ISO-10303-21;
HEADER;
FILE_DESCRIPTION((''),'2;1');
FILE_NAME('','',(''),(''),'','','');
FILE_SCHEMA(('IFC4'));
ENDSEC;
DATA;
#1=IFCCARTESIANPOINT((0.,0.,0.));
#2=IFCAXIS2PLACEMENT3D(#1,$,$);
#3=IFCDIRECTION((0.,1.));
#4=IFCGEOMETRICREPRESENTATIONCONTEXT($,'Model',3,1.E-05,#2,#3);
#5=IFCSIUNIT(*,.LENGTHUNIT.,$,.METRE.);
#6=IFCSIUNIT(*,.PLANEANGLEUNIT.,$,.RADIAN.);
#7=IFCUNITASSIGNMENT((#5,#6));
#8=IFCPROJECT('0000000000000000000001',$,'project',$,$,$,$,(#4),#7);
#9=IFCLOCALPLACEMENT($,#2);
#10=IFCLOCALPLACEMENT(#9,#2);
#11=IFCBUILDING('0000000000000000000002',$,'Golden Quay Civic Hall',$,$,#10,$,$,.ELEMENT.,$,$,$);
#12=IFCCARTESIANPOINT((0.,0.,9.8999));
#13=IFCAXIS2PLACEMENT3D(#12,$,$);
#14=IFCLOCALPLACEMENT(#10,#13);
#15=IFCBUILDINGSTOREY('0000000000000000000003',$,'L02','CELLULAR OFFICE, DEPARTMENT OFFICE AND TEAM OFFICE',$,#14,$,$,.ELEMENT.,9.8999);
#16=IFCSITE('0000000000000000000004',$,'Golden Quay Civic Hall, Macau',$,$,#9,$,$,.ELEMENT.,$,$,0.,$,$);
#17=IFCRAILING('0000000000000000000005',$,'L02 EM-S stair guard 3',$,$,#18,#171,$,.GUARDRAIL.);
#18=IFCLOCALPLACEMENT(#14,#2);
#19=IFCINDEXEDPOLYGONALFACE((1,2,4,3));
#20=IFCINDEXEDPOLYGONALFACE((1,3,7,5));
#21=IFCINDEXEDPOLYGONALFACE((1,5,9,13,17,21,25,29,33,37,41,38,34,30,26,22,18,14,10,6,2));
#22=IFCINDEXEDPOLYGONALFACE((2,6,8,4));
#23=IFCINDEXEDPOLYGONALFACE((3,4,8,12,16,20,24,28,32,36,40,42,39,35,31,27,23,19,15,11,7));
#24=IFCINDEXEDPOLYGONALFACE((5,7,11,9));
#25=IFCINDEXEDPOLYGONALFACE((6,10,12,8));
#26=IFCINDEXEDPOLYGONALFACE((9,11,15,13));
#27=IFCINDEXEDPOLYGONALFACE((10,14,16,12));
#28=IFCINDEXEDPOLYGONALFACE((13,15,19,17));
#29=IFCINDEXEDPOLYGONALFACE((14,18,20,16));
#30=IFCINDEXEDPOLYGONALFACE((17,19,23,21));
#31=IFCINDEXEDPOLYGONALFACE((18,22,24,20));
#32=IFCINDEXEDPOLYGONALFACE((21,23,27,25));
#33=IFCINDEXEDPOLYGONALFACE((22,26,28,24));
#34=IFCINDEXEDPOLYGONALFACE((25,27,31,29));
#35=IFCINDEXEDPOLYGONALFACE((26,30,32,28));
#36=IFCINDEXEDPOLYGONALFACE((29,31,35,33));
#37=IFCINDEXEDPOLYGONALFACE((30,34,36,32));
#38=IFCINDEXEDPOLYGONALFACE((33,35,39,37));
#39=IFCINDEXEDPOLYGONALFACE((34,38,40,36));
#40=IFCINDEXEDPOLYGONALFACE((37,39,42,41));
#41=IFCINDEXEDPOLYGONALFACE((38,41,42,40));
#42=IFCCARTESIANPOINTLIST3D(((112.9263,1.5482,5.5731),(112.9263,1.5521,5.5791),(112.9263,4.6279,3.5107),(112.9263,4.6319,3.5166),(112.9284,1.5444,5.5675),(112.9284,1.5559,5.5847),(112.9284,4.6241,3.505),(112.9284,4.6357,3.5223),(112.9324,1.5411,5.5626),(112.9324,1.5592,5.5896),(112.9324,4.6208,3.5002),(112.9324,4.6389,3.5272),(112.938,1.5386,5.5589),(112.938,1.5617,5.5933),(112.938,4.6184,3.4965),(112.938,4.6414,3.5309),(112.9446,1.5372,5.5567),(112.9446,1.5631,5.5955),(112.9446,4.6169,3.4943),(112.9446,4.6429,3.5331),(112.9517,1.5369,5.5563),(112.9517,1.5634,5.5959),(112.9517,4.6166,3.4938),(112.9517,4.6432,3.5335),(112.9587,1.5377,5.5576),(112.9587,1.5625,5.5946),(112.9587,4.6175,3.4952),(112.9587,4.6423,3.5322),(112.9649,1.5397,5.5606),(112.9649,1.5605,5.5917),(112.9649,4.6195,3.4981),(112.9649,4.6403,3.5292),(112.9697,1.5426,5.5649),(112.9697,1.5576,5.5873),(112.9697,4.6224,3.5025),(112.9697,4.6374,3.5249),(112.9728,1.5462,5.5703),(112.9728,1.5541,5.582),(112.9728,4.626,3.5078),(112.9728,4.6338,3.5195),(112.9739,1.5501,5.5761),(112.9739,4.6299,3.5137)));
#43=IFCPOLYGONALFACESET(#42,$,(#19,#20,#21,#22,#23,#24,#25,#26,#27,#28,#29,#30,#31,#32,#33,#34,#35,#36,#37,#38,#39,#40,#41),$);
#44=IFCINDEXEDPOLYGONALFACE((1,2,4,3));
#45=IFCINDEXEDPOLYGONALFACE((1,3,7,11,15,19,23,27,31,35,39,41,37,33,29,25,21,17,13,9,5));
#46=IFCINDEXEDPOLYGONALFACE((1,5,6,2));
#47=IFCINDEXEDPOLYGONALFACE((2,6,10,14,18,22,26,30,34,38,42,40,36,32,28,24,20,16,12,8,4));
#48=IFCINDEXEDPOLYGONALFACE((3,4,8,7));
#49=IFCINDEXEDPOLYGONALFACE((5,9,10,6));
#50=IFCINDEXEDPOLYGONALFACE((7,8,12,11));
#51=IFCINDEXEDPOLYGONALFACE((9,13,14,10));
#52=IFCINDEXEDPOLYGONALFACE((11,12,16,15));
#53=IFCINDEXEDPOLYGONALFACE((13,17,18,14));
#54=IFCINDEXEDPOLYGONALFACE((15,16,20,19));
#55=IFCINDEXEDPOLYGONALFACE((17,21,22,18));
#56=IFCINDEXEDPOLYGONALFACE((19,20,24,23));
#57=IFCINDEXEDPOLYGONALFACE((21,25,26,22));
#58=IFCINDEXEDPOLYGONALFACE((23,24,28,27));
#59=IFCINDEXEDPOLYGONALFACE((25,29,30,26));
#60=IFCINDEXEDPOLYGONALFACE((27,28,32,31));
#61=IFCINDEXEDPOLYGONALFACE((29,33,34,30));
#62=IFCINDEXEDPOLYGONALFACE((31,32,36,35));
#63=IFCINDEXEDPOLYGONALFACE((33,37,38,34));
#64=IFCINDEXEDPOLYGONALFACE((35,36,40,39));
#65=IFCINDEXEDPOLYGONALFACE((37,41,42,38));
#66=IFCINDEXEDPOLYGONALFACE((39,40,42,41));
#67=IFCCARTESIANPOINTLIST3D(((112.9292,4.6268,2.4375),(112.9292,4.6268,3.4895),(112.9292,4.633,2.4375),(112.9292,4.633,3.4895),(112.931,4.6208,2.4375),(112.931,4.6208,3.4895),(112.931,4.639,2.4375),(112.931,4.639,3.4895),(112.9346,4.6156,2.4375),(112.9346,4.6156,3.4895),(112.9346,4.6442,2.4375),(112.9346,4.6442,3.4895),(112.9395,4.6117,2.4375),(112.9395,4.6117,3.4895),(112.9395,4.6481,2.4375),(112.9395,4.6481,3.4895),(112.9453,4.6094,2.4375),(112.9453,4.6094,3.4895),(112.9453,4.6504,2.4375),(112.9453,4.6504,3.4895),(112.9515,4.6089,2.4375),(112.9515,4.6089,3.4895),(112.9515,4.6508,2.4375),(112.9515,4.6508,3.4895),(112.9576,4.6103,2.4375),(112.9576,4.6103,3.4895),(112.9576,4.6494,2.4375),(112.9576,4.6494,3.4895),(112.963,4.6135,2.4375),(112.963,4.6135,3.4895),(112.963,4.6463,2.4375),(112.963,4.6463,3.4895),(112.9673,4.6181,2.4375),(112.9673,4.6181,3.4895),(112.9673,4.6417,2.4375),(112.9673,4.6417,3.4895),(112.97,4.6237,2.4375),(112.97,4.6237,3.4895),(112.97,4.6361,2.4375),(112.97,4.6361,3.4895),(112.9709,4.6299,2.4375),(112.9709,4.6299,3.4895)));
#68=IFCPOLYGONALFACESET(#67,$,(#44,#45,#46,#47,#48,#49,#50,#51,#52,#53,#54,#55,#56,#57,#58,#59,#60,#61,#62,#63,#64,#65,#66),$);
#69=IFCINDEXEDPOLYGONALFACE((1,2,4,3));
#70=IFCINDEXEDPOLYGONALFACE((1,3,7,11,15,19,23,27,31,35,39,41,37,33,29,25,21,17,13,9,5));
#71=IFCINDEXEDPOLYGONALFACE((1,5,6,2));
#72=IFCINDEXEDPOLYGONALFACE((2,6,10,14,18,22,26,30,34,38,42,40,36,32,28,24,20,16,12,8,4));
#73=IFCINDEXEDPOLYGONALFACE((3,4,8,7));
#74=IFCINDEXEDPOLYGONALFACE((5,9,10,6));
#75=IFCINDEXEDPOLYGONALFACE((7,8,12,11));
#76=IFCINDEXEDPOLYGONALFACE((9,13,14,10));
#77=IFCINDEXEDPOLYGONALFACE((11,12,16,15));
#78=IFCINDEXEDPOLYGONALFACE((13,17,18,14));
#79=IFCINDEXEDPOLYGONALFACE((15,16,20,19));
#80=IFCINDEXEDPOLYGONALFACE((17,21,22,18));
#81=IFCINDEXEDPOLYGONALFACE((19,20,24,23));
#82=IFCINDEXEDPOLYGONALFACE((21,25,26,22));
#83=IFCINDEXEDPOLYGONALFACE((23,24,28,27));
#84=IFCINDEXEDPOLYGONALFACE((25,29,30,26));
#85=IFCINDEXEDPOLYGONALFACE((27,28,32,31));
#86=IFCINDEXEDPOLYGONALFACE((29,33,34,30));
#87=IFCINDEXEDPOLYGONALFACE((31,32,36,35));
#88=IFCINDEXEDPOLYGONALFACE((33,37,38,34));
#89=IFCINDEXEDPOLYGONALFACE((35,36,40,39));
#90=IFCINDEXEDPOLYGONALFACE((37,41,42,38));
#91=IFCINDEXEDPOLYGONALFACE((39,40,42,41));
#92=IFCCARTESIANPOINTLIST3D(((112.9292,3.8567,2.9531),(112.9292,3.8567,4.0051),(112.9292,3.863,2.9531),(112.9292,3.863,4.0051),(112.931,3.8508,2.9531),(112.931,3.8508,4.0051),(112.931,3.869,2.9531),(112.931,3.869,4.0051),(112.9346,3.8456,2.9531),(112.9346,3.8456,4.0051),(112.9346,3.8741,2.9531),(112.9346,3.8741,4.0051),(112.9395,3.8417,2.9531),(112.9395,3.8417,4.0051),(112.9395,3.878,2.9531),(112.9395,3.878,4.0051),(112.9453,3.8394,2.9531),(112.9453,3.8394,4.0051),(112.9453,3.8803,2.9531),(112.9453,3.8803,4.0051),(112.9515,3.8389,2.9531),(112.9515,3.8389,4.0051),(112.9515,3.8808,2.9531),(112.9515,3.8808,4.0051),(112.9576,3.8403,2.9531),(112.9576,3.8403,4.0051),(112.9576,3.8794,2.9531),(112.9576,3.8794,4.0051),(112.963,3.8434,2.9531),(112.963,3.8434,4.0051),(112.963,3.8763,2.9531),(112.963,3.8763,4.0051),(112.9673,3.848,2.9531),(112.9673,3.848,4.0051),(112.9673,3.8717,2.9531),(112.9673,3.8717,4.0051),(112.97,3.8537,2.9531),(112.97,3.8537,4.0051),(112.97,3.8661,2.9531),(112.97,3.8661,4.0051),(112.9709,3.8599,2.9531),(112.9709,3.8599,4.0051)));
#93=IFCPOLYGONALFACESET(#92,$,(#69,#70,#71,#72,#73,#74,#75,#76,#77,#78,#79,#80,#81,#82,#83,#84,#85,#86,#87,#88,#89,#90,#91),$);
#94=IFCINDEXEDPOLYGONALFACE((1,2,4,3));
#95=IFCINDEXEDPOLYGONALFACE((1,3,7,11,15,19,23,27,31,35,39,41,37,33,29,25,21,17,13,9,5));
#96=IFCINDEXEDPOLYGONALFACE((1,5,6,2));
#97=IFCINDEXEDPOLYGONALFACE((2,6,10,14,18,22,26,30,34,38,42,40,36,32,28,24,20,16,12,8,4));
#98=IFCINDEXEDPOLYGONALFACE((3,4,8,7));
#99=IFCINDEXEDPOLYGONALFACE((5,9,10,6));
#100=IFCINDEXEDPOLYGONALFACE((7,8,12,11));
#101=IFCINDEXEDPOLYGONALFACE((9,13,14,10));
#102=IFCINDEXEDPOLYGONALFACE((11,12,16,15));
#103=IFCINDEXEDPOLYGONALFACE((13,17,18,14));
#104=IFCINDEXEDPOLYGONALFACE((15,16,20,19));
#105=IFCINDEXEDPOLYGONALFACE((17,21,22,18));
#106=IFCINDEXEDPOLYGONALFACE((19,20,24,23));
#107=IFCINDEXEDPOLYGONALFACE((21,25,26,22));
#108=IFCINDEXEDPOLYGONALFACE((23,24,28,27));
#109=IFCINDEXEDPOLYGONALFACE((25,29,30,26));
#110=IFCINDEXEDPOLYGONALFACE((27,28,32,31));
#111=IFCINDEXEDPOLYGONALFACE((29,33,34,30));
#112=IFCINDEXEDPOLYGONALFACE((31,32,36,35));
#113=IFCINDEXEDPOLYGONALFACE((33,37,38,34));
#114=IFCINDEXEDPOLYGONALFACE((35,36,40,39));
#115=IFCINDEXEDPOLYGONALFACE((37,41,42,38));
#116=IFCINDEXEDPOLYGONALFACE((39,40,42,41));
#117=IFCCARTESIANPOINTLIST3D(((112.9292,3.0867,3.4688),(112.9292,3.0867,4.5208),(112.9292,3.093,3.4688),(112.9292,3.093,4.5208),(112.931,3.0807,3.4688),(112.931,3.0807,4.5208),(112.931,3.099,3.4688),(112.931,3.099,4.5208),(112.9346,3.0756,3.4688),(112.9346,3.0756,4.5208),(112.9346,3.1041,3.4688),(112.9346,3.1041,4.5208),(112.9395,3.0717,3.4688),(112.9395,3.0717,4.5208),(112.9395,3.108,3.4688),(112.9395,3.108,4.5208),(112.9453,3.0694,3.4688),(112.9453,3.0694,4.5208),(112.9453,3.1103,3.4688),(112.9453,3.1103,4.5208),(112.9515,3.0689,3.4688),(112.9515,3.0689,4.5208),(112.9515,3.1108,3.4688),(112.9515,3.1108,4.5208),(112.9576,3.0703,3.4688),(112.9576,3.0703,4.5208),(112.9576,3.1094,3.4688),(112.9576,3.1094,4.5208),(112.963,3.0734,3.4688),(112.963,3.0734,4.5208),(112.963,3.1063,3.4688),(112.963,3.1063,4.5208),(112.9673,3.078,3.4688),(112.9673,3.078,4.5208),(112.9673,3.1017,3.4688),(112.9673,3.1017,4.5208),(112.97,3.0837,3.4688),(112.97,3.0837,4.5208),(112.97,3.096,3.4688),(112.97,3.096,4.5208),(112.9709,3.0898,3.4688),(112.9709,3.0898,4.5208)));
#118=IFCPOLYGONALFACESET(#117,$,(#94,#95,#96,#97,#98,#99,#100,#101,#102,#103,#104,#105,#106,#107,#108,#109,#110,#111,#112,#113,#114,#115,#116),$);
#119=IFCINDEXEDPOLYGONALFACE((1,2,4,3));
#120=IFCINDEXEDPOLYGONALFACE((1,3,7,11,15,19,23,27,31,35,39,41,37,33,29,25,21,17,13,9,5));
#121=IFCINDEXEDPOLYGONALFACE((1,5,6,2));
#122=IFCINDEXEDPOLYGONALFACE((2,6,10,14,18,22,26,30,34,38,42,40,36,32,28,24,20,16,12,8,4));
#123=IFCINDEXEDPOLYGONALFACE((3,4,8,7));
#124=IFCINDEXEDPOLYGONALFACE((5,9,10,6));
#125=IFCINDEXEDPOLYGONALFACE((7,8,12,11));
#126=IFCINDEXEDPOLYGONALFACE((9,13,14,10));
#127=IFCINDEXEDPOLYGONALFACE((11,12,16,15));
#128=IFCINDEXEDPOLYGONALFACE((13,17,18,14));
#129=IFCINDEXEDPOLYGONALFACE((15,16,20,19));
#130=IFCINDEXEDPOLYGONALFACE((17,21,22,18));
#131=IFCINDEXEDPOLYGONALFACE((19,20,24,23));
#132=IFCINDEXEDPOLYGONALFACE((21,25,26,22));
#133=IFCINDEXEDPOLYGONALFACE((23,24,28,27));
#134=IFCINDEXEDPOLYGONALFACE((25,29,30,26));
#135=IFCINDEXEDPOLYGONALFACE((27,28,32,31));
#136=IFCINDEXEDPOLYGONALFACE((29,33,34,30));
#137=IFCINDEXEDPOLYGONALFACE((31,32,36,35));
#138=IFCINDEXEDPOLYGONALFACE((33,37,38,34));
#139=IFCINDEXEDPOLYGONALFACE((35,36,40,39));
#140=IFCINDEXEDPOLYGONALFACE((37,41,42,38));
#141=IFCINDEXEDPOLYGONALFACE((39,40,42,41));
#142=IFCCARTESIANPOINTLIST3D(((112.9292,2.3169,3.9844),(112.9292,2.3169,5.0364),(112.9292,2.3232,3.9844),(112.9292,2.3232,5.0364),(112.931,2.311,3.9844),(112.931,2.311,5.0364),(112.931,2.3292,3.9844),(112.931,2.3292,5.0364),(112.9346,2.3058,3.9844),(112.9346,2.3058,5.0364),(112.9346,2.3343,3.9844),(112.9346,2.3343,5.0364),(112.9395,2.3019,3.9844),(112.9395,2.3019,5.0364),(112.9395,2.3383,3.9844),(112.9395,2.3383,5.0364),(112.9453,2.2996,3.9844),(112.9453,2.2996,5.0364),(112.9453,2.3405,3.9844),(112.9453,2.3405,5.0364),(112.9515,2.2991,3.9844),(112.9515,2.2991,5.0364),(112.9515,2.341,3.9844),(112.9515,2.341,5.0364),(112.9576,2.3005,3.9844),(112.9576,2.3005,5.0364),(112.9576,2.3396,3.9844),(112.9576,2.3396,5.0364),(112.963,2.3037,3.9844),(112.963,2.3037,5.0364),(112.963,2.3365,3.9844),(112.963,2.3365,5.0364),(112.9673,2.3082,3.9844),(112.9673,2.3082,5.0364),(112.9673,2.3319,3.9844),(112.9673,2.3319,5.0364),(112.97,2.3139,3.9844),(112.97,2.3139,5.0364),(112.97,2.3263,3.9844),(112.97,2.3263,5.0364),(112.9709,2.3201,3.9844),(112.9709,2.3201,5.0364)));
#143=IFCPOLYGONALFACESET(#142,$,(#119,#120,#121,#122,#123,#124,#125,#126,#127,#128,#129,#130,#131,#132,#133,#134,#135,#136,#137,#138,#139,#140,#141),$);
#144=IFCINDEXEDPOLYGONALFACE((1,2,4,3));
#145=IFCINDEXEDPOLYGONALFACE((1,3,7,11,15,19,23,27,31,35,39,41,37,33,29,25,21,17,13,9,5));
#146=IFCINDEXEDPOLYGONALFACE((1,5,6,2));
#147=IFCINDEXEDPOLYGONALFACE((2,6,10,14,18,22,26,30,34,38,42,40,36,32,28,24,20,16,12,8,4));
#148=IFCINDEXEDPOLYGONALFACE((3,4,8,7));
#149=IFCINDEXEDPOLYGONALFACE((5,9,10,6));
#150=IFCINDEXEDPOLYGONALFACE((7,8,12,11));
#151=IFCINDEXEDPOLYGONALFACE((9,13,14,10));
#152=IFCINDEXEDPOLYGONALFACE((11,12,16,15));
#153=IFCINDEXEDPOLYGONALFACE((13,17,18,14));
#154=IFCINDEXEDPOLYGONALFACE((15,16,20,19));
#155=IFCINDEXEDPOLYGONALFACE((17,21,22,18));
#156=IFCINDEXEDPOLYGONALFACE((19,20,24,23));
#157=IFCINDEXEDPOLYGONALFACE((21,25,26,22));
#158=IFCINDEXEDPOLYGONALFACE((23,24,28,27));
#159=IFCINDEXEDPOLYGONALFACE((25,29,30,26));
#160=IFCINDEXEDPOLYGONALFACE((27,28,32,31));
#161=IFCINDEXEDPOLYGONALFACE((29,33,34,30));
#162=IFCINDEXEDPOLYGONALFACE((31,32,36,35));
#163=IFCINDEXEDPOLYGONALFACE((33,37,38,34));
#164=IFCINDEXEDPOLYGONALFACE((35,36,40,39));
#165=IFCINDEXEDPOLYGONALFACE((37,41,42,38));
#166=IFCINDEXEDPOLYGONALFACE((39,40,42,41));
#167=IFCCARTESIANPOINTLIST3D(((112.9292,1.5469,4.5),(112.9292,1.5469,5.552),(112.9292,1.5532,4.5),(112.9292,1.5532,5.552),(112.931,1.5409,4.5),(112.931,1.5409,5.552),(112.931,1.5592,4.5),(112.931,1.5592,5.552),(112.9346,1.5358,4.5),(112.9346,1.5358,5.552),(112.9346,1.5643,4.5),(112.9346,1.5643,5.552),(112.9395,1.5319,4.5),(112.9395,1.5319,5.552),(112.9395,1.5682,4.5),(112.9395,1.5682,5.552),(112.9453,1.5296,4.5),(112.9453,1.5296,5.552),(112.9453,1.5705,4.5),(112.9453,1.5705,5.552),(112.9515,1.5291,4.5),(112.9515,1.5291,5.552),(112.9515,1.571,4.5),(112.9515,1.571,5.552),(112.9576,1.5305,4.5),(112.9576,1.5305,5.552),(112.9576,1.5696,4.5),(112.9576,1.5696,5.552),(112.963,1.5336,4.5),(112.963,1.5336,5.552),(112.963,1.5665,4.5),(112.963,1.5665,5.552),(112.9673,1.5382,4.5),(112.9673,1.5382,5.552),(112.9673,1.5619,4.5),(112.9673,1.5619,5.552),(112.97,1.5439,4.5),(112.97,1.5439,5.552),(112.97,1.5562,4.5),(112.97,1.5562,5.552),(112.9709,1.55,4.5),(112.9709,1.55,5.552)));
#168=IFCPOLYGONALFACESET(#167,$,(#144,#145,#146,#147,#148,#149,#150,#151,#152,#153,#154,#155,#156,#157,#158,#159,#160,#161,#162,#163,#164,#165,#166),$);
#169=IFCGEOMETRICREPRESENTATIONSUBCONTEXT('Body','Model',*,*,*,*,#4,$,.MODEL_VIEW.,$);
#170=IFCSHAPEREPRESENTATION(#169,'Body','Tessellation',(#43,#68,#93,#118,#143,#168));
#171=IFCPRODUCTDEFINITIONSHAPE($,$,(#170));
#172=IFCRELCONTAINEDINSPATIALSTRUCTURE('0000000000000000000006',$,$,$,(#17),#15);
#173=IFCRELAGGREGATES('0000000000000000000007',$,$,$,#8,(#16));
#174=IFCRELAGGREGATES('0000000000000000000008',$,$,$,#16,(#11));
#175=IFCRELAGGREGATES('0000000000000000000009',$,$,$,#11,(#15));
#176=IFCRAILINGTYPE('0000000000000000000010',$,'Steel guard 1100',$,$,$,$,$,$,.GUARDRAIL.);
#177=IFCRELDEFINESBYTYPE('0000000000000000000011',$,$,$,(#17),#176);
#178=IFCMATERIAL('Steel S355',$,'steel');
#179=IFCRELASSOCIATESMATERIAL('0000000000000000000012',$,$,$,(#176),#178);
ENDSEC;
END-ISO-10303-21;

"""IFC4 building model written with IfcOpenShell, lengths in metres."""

from ifc_helpers import new_model, si_unit, direction, frame, origin, origin_2d, place, context, subcontext, project, spatial, circle, extrude, material, type_object, element, save


model = new_model("IFC4")

# Units and contexts
model_context = context("Model", 3, precision=1e-05, world=origin(), true_north=direction((0.0, 1.0)))
body_context = subcontext(model_context, "Body", "Model", "MODEL_VIEW")
ifc_project = project(units=[si_unit("LENGTHUNIT", "METRE"), si_unit("PLANEANGLEUNIT", "RADIAN")], contexts=[model_context])

# Site, building, storey
site_placement = place(None, origin())
site = spatial("IfcSite", under=ifc_project, at=site_placement, Name="Golden Quay Civic Hall, Macau", CompositionType="ELEMENT", RefElevation=0.0)
building_placement = place(site_placement, origin())
building = spatial("IfcBuilding", under=site, at=building_placement, Name="Golden Quay Civic Hall", CompositionType="ELEMENT")
storey_placement = place(building_placement, frame((0.0, 0.0, 9.8999)))
storey = spatial("IfcBuildingStorey", under=building, at=storey_placement, Name="L02", Description="CELLULAR OFFICE, DEPARTMENT OFFICE AND TEAM OFFICE", CompositionType="ELEMENT", Elevation=9.8999)

# Railing
ifc_material_1 = material(Name="Steel S355", Category="steel")
railing_type = type_object("IfcRailingType", Name="Steel guard 1100", PredefinedType="GUARDRAIL", material=ifc_material_1)
railing_1_placement = place(storey_placement, frame((112.95, 4.6299, 2.4375)))
element("IfcRailing", 1, at=railing_1_placement, inside=storey, type_object=railing_type, Name="L02 EM-S stair guard 3", PredefinedType="GUARDRAIL", context=body_context, shape_type="SweptSolid", body=[
    extrude(circle(Radius=0.0239, at=origin_2d()), frame((0.0, 0.0, 1.0762), z_axis=(0.0, -0.830893, 0.556432), x_axis=(1.0, 0.0, 0.0)), (0.0, 0.0, 1.0), 3.7065),
    extrude(circle(Radius=0.021, at=origin_2d()), origin(), (0.0, 0.0, 1.0), 1.052),
    extrude(circle(Radius=0.021, at=origin_2d()), frame((0.0, -0.77, 0.5156)), (0.0, 0.0, 1.0), 1.052),
    extrude(circle(Radius=0.021, at=origin_2d()), frame((0.0, -1.54, 1.0312)), (0.0, 0.0, 1.0), 1.052),
    extrude(circle(Radius=0.021, at=origin_2d()), frame((0.0, -2.3098, 1.5469)), (0.0, 0.0, 1.0), 1.052),
    extrude(circle(Radius=0.021, at=origin_2d()), frame((0.0, -3.0798, 2.0625)), (0.0, 0.0, 1.0), 1.052),
])

save(model, "model.ifc")
